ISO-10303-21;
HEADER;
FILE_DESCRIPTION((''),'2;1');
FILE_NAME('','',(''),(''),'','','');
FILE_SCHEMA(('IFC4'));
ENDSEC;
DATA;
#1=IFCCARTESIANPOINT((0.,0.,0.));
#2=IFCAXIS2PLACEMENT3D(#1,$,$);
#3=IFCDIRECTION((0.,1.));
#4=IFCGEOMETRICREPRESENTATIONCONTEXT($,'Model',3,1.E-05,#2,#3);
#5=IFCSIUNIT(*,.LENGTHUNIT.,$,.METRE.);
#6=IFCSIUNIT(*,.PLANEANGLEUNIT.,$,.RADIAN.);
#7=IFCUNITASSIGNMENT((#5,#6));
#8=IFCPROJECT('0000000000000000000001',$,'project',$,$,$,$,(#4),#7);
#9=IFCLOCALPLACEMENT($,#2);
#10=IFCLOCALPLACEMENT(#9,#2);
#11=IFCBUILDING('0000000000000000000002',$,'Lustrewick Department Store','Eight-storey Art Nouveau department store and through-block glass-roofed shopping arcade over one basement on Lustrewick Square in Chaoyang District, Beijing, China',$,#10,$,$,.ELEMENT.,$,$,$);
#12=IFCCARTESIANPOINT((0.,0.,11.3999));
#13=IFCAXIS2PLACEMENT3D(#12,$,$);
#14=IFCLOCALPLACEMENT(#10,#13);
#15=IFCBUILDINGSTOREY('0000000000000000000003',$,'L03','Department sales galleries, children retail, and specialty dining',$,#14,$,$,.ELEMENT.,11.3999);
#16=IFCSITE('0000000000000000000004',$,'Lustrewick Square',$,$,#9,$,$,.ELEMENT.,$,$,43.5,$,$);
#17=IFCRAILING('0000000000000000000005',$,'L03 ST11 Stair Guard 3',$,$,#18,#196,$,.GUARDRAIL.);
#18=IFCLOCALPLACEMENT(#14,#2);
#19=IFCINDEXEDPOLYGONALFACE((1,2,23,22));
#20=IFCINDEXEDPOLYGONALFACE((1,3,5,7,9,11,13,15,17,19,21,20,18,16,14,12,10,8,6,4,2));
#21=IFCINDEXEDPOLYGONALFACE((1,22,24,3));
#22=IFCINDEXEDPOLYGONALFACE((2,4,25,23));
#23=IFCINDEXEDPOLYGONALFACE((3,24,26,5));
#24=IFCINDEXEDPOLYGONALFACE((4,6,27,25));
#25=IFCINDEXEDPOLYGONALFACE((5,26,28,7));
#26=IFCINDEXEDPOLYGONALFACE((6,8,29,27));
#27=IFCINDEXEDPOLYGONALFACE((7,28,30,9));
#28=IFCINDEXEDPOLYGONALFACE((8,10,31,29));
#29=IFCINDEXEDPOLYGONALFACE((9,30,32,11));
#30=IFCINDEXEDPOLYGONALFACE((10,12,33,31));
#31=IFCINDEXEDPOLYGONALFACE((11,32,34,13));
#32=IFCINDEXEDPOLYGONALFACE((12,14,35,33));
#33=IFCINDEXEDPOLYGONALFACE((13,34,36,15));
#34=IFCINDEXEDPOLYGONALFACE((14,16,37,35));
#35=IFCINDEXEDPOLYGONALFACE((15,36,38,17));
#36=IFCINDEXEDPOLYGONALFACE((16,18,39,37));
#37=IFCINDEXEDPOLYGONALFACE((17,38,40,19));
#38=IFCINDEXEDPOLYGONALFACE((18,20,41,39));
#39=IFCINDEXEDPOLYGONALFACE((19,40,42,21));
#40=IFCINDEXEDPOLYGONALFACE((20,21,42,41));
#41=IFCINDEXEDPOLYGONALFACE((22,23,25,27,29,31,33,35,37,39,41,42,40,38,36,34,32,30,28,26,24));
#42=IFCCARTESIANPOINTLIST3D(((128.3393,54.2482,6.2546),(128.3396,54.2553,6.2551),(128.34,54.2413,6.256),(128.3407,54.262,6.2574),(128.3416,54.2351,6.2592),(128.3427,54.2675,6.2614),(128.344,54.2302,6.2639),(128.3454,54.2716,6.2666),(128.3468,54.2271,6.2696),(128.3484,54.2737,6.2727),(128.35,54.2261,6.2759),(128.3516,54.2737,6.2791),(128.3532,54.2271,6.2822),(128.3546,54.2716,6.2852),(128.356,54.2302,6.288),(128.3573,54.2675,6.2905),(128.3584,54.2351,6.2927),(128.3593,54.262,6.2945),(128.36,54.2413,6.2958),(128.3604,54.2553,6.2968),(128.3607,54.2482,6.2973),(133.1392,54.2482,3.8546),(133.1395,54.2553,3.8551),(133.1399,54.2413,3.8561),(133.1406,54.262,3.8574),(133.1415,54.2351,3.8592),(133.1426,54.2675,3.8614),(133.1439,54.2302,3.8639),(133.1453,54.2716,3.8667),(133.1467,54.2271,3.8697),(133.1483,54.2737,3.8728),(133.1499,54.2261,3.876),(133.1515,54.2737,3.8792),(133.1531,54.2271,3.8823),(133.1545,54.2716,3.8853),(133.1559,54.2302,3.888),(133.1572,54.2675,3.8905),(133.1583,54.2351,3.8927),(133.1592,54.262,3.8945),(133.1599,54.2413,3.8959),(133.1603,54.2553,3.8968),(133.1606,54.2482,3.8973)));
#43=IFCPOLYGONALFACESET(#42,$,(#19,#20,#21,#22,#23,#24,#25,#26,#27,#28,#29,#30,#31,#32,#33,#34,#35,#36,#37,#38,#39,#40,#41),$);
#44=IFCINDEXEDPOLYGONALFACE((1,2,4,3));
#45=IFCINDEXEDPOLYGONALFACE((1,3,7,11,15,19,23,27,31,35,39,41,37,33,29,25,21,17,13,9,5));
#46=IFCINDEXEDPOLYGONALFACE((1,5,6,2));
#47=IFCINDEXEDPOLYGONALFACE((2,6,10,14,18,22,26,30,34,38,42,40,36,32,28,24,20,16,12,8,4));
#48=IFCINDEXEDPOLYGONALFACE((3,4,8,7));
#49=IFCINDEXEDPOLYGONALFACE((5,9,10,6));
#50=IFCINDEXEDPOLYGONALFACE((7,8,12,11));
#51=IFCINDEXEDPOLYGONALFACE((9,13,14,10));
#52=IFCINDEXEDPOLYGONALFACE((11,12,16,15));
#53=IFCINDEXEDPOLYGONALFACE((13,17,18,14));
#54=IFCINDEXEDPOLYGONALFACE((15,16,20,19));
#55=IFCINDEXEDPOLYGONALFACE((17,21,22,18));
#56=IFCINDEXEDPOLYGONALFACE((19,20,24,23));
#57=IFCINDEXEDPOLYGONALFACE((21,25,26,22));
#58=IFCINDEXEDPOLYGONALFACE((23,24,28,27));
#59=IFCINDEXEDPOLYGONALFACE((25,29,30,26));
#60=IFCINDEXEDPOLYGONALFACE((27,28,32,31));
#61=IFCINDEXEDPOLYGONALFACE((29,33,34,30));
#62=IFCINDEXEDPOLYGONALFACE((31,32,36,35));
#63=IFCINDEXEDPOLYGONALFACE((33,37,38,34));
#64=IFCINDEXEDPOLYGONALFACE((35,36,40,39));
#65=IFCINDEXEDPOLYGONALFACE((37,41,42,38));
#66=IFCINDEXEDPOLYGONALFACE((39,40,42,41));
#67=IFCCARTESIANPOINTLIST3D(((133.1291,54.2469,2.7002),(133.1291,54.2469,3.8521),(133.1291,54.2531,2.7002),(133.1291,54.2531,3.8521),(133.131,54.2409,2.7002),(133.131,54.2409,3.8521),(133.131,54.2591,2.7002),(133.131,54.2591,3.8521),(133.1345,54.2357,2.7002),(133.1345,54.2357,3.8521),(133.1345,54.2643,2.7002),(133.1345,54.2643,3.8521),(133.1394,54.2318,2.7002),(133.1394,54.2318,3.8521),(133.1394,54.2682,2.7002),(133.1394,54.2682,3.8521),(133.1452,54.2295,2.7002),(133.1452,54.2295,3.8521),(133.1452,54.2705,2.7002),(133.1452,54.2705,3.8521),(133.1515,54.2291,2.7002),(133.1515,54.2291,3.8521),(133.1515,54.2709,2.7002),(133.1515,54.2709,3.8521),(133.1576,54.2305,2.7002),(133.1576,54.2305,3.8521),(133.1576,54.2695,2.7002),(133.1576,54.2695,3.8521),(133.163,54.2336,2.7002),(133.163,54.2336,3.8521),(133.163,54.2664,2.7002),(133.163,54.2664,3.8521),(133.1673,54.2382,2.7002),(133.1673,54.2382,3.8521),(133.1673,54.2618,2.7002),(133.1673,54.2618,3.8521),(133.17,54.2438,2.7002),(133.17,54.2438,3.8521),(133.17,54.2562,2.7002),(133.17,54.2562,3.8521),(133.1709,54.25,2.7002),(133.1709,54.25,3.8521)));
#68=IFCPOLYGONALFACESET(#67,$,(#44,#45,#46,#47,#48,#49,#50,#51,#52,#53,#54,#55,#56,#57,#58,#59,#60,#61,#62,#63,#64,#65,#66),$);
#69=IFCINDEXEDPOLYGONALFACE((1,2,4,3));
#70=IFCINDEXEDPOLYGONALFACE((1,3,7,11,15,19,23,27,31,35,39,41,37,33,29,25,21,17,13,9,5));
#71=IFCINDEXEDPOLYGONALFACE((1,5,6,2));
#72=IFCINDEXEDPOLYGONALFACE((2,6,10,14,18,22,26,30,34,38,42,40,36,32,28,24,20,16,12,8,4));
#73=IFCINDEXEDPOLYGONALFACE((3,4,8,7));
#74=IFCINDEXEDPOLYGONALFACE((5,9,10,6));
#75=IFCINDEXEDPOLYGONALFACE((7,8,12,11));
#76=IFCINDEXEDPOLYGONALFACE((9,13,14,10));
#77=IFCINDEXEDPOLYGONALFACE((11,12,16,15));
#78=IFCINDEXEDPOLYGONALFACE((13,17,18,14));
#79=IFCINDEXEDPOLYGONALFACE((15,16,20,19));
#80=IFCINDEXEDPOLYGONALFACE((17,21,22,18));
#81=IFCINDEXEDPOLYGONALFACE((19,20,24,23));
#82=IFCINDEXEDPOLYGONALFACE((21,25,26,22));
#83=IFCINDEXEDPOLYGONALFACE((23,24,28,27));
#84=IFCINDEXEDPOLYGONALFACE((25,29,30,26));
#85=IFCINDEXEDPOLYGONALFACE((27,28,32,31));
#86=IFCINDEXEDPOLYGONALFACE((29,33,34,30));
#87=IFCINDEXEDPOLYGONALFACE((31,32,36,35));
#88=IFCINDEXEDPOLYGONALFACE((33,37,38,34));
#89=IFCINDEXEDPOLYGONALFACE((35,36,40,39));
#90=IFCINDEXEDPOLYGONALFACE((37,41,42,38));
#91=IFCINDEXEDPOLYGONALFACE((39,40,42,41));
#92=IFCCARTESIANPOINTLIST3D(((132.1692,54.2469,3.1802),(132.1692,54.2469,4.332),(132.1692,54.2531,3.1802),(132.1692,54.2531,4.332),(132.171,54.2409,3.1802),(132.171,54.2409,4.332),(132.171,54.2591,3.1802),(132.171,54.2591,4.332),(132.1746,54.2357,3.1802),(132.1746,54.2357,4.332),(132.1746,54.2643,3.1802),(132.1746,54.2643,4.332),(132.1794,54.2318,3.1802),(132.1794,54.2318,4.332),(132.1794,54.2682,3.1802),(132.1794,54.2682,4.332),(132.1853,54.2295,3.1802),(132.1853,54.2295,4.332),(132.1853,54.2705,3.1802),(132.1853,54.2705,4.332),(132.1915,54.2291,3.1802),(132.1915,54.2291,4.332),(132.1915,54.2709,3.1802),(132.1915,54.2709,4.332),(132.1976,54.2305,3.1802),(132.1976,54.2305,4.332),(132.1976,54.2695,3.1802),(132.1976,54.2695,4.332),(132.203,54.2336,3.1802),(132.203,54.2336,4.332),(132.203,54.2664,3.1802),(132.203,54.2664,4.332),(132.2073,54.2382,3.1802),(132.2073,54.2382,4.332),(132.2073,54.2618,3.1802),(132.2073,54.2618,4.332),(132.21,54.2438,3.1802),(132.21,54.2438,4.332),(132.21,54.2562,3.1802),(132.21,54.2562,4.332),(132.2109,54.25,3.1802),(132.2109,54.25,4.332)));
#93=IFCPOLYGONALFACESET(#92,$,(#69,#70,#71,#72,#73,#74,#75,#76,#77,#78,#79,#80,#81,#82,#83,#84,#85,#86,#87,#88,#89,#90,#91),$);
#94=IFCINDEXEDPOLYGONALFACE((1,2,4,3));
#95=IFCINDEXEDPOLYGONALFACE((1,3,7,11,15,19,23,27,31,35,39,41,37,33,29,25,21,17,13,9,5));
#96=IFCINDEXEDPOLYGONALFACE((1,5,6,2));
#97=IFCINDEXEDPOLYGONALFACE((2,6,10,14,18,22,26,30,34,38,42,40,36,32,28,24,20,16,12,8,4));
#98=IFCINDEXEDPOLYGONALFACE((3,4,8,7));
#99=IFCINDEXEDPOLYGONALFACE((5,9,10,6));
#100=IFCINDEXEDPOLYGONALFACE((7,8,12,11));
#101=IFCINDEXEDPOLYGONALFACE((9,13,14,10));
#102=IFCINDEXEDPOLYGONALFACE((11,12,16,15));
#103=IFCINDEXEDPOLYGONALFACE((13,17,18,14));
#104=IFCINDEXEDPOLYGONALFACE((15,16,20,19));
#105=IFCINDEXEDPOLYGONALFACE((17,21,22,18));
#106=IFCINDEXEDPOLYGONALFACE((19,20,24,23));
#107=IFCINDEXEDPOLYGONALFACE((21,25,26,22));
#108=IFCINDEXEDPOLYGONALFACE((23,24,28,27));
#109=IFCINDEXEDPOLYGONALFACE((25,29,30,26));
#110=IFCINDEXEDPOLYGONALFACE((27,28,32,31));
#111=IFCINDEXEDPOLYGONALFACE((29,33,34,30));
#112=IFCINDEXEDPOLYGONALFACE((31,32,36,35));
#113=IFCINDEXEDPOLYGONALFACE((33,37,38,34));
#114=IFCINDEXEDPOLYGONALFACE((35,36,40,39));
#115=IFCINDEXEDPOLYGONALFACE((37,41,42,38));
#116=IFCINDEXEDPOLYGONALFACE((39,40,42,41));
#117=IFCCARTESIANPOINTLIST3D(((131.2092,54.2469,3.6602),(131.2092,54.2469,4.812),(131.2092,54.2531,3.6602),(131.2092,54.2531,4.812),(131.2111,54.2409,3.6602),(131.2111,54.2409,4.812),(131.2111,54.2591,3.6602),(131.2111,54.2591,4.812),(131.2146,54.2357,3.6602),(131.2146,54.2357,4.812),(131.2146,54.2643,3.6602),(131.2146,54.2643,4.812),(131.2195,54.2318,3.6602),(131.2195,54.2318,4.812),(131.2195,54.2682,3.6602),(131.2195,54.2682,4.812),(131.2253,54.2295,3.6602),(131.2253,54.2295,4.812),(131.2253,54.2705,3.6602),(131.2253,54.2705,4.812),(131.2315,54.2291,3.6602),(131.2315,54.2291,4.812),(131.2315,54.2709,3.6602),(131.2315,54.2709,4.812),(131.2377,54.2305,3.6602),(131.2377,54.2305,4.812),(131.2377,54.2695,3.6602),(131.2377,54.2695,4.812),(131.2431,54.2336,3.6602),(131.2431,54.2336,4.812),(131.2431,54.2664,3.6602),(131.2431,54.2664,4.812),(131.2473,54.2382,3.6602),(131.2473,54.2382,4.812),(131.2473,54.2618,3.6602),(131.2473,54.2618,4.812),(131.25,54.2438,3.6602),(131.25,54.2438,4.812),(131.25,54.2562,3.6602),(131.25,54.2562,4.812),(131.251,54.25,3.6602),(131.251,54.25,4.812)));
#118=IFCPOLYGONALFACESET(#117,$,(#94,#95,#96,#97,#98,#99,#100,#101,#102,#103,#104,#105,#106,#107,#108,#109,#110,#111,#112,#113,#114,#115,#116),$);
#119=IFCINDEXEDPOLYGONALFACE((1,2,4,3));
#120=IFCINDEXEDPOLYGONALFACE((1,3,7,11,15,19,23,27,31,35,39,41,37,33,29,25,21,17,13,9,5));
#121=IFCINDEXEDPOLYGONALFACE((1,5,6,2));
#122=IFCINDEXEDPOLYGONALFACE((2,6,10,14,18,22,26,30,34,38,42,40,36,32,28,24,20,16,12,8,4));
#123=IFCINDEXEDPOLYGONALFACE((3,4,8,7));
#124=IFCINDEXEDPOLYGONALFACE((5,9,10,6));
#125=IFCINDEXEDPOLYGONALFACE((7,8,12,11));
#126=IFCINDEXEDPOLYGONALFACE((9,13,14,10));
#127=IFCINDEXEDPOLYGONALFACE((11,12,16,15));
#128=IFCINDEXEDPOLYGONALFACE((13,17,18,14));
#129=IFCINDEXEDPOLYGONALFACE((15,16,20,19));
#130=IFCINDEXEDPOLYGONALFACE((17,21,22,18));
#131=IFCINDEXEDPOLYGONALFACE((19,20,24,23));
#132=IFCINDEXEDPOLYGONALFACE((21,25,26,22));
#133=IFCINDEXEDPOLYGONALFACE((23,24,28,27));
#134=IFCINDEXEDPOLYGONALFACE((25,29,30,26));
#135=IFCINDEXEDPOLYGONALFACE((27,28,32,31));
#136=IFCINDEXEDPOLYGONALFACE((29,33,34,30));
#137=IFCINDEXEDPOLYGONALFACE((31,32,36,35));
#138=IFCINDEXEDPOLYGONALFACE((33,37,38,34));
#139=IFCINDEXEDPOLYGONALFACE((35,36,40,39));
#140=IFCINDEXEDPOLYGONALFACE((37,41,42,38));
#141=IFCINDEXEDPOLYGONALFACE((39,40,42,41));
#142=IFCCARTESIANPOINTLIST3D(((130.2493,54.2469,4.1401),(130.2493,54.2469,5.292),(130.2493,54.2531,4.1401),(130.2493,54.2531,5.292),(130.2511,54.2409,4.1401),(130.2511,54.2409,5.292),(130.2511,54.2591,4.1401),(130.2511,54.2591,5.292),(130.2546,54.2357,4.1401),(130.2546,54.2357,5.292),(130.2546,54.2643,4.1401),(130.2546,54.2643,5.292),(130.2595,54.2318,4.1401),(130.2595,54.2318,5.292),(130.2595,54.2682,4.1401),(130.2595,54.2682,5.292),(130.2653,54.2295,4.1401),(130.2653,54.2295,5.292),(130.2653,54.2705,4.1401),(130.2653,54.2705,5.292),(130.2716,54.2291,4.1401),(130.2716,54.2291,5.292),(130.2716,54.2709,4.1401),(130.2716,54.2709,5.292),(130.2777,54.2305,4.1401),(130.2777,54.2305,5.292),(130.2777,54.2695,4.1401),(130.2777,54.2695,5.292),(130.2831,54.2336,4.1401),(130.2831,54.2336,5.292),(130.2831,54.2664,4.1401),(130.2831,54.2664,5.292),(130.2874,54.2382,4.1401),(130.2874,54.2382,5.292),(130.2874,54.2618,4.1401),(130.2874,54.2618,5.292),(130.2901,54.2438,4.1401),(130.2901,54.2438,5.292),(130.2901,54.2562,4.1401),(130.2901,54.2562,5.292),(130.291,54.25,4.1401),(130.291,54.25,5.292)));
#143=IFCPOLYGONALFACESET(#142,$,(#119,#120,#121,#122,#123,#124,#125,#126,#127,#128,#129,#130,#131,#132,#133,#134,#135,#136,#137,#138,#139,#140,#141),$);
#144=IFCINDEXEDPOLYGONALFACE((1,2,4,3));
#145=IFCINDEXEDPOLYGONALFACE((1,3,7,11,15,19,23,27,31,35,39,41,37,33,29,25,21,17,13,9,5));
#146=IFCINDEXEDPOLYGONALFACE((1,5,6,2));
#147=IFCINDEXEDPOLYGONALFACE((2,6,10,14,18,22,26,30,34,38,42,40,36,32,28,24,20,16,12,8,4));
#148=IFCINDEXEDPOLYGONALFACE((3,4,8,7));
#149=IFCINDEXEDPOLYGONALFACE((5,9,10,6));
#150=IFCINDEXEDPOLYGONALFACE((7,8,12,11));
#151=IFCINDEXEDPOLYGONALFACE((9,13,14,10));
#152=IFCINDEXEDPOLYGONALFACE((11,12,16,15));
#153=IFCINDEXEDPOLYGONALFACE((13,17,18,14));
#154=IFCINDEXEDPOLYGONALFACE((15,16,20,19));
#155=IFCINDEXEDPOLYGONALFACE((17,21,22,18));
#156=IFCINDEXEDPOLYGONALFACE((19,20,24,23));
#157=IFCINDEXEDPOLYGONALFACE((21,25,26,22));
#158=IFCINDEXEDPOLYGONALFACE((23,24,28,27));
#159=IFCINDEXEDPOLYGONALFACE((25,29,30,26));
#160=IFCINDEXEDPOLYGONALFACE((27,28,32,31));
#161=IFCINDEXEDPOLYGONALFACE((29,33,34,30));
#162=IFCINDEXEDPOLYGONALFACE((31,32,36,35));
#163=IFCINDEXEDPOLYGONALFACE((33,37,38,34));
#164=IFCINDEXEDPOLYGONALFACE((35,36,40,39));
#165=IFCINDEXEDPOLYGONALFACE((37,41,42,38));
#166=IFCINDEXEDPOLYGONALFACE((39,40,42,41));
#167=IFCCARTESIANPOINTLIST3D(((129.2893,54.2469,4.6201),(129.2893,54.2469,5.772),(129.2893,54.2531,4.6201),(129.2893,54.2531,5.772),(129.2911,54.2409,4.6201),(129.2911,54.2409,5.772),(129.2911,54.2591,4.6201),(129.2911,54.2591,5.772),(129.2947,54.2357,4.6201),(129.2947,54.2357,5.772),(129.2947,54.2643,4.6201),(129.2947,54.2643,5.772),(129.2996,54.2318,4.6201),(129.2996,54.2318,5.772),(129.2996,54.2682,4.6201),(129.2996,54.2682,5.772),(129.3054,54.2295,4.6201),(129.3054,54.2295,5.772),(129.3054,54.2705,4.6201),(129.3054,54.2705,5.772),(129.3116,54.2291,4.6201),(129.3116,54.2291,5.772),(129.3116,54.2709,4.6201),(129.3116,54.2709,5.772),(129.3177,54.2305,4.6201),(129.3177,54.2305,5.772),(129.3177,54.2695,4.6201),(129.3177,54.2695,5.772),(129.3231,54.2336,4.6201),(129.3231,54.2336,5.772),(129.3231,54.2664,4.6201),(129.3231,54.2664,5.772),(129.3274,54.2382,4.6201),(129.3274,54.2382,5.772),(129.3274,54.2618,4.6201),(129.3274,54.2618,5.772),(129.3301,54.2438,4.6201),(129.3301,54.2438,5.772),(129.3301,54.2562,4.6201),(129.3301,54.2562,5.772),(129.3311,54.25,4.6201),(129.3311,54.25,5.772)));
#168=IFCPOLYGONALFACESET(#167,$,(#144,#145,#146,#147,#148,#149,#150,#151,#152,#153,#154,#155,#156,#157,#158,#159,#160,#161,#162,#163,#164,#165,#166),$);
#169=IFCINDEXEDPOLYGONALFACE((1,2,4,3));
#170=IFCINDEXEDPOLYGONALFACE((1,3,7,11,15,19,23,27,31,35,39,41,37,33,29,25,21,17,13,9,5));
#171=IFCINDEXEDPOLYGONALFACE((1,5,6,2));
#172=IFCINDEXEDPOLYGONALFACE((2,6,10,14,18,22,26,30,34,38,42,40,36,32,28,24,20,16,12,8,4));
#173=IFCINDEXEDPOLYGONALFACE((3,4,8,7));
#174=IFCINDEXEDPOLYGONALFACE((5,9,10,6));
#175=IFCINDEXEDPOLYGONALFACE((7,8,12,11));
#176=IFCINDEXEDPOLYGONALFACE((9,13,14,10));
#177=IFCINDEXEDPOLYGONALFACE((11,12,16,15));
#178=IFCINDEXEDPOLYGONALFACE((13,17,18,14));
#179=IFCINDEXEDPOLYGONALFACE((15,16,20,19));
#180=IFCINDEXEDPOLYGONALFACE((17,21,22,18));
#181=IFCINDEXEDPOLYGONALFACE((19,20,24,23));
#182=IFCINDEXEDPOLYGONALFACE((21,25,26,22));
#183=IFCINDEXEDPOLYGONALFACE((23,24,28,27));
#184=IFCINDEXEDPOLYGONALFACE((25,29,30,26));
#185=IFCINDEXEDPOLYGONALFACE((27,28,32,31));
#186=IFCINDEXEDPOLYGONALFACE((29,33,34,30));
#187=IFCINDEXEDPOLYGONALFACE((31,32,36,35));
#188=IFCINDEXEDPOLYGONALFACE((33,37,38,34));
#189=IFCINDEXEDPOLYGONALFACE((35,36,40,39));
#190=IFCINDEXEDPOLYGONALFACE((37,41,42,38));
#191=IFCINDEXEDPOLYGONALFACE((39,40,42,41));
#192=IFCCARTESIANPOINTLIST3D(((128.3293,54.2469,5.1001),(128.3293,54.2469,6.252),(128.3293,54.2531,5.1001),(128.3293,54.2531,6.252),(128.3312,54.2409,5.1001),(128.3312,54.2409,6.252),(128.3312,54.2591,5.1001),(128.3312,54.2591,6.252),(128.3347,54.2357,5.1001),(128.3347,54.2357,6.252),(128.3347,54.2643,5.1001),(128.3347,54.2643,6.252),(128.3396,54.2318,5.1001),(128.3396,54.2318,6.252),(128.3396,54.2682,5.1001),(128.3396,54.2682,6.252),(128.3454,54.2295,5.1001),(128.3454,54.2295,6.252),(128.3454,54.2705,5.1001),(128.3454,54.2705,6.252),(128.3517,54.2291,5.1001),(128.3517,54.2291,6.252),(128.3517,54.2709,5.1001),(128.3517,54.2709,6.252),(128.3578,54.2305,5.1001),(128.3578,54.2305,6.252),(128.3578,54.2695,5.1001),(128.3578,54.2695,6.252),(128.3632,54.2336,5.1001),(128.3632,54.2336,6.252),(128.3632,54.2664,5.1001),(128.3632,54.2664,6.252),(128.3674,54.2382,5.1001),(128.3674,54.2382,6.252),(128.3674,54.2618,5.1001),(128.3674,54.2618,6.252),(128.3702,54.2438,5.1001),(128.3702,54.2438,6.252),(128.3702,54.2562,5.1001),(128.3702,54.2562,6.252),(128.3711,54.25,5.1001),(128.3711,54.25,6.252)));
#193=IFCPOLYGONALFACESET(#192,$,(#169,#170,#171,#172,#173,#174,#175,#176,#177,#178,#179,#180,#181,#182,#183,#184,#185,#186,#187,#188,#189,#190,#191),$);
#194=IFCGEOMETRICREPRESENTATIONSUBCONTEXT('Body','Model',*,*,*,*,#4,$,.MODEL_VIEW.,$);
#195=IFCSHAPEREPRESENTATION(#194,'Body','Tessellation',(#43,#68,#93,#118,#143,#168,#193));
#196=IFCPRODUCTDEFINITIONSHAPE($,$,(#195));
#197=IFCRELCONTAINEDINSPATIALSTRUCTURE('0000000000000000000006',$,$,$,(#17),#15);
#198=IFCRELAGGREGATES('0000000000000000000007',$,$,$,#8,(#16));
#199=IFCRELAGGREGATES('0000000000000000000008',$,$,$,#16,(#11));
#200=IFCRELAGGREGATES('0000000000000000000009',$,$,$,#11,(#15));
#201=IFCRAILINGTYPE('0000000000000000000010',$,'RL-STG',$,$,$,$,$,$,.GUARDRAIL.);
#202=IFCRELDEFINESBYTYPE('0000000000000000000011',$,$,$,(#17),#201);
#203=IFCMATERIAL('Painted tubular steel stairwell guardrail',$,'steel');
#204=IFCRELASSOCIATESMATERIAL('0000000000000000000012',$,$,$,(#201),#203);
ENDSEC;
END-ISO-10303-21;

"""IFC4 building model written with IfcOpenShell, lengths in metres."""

from ifc_helpers import new_model, si_unit, direction, frame, origin, origin_2d, place, context, subcontext, project, spatial, circle, extrude, material, type_object, element, save


model = new_model("IFC4")

# Units and contexts
model_context = context("Model", 3, precision=1e-05, world=origin(), true_north=direction((0.0, 1.0)))
body_context = subcontext(model_context, "Body", "Model", "MODEL_VIEW")
ifc_project = project(units=[si_unit("LENGTHUNIT", "METRE"), si_unit("PLANEANGLEUNIT", "RADIAN")], contexts=[model_context])

# Site, building, storey
site_placement = place(None, origin())
site = spatial("IfcSite", under=ifc_project, at=site_placement, Name="Lustrewick Square", CompositionType="ELEMENT", RefElevation=43.5)
building_placement = place(site_placement, origin())
building = spatial("IfcBuilding", under=site, at=building_placement, Name="Lustrewick Department Store", Description="Eight-storey Art Nouveau department store and through-block glass-roofed shopping arcade over one basement on Lustrewick Square in Chaoyang District, Beijing, China", CompositionType="ELEMENT")
storey_placement = place(building_placement, frame((0.0, 0.0, 11.3999)))
storey = spatial("IfcBuildingStorey", under=building, at=storey_placement, Name="L03", Description="Department sales galleries, children retail, and specialty dining", CompositionType="ELEMENT", Elevation=11.3999)

# Railing
ifc_material_1 = material(Name="Painted tubular steel stairwell guardrail", Category="steel")
railing_type_1 = type_object("IfcRailingType", Name="RL-STG", PredefinedType="GUARDRAIL", material=ifc_material_1)
railing_1_placement = place(storey_placement, frame((133.1499, 54.25, 2.7002)))
element("IfcRailing", 1, at=railing_1_placement, inside=storey, type_object=railing_type_1, Name="L03 ST11 Stair Guard 3", PredefinedType="GUARDRAIL", context=body_context, shape_type="SweptSolid", body=[
    extrude(circle(Radius=0.0239, at=origin_2d()), frame((0.0, 0.0, 1.1758), z_axis=(-0.894427, 0.0, 0.447214), x_axis=(0.0, -1.0, 0.0)), (0.0, 0.0, 1.0), 5.3665),
    extrude(circle(Radius=0.021, at=origin_2d()), origin(), (0.0, 0.0, 1.0), 1.1519),
    extrude(circle(Radius=0.021, at=origin_2d()), frame((-0.96, 0.0, 0.48)), (0.0, 0.0, 1.0), 1.1519),
    extrude(circle(Radius=0.021, at=origin_2d()), frame((-1.9199, 0.0, 0.96)), (0.0, 0.0, 1.0), 1.1519),
    extrude(circle(Radius=0.021, at=origin_2d()), frame((-2.8799, 0.0, 1.4399)), (0.0, 0.0, 1.0), 1.1519),
    extrude(circle(Radius=0.021, at=origin_2d()), frame((-3.8398, 0.0, 1.9199)), (0.0, 0.0, 1.0), 1.1519),
    extrude(circle(Radius=0.021, at=origin_2d()), frame((-4.7998, 0.0, 2.3999)), (0.0, 0.0, 1.0), 1.1519),
])

save(model, "model.ifc")
